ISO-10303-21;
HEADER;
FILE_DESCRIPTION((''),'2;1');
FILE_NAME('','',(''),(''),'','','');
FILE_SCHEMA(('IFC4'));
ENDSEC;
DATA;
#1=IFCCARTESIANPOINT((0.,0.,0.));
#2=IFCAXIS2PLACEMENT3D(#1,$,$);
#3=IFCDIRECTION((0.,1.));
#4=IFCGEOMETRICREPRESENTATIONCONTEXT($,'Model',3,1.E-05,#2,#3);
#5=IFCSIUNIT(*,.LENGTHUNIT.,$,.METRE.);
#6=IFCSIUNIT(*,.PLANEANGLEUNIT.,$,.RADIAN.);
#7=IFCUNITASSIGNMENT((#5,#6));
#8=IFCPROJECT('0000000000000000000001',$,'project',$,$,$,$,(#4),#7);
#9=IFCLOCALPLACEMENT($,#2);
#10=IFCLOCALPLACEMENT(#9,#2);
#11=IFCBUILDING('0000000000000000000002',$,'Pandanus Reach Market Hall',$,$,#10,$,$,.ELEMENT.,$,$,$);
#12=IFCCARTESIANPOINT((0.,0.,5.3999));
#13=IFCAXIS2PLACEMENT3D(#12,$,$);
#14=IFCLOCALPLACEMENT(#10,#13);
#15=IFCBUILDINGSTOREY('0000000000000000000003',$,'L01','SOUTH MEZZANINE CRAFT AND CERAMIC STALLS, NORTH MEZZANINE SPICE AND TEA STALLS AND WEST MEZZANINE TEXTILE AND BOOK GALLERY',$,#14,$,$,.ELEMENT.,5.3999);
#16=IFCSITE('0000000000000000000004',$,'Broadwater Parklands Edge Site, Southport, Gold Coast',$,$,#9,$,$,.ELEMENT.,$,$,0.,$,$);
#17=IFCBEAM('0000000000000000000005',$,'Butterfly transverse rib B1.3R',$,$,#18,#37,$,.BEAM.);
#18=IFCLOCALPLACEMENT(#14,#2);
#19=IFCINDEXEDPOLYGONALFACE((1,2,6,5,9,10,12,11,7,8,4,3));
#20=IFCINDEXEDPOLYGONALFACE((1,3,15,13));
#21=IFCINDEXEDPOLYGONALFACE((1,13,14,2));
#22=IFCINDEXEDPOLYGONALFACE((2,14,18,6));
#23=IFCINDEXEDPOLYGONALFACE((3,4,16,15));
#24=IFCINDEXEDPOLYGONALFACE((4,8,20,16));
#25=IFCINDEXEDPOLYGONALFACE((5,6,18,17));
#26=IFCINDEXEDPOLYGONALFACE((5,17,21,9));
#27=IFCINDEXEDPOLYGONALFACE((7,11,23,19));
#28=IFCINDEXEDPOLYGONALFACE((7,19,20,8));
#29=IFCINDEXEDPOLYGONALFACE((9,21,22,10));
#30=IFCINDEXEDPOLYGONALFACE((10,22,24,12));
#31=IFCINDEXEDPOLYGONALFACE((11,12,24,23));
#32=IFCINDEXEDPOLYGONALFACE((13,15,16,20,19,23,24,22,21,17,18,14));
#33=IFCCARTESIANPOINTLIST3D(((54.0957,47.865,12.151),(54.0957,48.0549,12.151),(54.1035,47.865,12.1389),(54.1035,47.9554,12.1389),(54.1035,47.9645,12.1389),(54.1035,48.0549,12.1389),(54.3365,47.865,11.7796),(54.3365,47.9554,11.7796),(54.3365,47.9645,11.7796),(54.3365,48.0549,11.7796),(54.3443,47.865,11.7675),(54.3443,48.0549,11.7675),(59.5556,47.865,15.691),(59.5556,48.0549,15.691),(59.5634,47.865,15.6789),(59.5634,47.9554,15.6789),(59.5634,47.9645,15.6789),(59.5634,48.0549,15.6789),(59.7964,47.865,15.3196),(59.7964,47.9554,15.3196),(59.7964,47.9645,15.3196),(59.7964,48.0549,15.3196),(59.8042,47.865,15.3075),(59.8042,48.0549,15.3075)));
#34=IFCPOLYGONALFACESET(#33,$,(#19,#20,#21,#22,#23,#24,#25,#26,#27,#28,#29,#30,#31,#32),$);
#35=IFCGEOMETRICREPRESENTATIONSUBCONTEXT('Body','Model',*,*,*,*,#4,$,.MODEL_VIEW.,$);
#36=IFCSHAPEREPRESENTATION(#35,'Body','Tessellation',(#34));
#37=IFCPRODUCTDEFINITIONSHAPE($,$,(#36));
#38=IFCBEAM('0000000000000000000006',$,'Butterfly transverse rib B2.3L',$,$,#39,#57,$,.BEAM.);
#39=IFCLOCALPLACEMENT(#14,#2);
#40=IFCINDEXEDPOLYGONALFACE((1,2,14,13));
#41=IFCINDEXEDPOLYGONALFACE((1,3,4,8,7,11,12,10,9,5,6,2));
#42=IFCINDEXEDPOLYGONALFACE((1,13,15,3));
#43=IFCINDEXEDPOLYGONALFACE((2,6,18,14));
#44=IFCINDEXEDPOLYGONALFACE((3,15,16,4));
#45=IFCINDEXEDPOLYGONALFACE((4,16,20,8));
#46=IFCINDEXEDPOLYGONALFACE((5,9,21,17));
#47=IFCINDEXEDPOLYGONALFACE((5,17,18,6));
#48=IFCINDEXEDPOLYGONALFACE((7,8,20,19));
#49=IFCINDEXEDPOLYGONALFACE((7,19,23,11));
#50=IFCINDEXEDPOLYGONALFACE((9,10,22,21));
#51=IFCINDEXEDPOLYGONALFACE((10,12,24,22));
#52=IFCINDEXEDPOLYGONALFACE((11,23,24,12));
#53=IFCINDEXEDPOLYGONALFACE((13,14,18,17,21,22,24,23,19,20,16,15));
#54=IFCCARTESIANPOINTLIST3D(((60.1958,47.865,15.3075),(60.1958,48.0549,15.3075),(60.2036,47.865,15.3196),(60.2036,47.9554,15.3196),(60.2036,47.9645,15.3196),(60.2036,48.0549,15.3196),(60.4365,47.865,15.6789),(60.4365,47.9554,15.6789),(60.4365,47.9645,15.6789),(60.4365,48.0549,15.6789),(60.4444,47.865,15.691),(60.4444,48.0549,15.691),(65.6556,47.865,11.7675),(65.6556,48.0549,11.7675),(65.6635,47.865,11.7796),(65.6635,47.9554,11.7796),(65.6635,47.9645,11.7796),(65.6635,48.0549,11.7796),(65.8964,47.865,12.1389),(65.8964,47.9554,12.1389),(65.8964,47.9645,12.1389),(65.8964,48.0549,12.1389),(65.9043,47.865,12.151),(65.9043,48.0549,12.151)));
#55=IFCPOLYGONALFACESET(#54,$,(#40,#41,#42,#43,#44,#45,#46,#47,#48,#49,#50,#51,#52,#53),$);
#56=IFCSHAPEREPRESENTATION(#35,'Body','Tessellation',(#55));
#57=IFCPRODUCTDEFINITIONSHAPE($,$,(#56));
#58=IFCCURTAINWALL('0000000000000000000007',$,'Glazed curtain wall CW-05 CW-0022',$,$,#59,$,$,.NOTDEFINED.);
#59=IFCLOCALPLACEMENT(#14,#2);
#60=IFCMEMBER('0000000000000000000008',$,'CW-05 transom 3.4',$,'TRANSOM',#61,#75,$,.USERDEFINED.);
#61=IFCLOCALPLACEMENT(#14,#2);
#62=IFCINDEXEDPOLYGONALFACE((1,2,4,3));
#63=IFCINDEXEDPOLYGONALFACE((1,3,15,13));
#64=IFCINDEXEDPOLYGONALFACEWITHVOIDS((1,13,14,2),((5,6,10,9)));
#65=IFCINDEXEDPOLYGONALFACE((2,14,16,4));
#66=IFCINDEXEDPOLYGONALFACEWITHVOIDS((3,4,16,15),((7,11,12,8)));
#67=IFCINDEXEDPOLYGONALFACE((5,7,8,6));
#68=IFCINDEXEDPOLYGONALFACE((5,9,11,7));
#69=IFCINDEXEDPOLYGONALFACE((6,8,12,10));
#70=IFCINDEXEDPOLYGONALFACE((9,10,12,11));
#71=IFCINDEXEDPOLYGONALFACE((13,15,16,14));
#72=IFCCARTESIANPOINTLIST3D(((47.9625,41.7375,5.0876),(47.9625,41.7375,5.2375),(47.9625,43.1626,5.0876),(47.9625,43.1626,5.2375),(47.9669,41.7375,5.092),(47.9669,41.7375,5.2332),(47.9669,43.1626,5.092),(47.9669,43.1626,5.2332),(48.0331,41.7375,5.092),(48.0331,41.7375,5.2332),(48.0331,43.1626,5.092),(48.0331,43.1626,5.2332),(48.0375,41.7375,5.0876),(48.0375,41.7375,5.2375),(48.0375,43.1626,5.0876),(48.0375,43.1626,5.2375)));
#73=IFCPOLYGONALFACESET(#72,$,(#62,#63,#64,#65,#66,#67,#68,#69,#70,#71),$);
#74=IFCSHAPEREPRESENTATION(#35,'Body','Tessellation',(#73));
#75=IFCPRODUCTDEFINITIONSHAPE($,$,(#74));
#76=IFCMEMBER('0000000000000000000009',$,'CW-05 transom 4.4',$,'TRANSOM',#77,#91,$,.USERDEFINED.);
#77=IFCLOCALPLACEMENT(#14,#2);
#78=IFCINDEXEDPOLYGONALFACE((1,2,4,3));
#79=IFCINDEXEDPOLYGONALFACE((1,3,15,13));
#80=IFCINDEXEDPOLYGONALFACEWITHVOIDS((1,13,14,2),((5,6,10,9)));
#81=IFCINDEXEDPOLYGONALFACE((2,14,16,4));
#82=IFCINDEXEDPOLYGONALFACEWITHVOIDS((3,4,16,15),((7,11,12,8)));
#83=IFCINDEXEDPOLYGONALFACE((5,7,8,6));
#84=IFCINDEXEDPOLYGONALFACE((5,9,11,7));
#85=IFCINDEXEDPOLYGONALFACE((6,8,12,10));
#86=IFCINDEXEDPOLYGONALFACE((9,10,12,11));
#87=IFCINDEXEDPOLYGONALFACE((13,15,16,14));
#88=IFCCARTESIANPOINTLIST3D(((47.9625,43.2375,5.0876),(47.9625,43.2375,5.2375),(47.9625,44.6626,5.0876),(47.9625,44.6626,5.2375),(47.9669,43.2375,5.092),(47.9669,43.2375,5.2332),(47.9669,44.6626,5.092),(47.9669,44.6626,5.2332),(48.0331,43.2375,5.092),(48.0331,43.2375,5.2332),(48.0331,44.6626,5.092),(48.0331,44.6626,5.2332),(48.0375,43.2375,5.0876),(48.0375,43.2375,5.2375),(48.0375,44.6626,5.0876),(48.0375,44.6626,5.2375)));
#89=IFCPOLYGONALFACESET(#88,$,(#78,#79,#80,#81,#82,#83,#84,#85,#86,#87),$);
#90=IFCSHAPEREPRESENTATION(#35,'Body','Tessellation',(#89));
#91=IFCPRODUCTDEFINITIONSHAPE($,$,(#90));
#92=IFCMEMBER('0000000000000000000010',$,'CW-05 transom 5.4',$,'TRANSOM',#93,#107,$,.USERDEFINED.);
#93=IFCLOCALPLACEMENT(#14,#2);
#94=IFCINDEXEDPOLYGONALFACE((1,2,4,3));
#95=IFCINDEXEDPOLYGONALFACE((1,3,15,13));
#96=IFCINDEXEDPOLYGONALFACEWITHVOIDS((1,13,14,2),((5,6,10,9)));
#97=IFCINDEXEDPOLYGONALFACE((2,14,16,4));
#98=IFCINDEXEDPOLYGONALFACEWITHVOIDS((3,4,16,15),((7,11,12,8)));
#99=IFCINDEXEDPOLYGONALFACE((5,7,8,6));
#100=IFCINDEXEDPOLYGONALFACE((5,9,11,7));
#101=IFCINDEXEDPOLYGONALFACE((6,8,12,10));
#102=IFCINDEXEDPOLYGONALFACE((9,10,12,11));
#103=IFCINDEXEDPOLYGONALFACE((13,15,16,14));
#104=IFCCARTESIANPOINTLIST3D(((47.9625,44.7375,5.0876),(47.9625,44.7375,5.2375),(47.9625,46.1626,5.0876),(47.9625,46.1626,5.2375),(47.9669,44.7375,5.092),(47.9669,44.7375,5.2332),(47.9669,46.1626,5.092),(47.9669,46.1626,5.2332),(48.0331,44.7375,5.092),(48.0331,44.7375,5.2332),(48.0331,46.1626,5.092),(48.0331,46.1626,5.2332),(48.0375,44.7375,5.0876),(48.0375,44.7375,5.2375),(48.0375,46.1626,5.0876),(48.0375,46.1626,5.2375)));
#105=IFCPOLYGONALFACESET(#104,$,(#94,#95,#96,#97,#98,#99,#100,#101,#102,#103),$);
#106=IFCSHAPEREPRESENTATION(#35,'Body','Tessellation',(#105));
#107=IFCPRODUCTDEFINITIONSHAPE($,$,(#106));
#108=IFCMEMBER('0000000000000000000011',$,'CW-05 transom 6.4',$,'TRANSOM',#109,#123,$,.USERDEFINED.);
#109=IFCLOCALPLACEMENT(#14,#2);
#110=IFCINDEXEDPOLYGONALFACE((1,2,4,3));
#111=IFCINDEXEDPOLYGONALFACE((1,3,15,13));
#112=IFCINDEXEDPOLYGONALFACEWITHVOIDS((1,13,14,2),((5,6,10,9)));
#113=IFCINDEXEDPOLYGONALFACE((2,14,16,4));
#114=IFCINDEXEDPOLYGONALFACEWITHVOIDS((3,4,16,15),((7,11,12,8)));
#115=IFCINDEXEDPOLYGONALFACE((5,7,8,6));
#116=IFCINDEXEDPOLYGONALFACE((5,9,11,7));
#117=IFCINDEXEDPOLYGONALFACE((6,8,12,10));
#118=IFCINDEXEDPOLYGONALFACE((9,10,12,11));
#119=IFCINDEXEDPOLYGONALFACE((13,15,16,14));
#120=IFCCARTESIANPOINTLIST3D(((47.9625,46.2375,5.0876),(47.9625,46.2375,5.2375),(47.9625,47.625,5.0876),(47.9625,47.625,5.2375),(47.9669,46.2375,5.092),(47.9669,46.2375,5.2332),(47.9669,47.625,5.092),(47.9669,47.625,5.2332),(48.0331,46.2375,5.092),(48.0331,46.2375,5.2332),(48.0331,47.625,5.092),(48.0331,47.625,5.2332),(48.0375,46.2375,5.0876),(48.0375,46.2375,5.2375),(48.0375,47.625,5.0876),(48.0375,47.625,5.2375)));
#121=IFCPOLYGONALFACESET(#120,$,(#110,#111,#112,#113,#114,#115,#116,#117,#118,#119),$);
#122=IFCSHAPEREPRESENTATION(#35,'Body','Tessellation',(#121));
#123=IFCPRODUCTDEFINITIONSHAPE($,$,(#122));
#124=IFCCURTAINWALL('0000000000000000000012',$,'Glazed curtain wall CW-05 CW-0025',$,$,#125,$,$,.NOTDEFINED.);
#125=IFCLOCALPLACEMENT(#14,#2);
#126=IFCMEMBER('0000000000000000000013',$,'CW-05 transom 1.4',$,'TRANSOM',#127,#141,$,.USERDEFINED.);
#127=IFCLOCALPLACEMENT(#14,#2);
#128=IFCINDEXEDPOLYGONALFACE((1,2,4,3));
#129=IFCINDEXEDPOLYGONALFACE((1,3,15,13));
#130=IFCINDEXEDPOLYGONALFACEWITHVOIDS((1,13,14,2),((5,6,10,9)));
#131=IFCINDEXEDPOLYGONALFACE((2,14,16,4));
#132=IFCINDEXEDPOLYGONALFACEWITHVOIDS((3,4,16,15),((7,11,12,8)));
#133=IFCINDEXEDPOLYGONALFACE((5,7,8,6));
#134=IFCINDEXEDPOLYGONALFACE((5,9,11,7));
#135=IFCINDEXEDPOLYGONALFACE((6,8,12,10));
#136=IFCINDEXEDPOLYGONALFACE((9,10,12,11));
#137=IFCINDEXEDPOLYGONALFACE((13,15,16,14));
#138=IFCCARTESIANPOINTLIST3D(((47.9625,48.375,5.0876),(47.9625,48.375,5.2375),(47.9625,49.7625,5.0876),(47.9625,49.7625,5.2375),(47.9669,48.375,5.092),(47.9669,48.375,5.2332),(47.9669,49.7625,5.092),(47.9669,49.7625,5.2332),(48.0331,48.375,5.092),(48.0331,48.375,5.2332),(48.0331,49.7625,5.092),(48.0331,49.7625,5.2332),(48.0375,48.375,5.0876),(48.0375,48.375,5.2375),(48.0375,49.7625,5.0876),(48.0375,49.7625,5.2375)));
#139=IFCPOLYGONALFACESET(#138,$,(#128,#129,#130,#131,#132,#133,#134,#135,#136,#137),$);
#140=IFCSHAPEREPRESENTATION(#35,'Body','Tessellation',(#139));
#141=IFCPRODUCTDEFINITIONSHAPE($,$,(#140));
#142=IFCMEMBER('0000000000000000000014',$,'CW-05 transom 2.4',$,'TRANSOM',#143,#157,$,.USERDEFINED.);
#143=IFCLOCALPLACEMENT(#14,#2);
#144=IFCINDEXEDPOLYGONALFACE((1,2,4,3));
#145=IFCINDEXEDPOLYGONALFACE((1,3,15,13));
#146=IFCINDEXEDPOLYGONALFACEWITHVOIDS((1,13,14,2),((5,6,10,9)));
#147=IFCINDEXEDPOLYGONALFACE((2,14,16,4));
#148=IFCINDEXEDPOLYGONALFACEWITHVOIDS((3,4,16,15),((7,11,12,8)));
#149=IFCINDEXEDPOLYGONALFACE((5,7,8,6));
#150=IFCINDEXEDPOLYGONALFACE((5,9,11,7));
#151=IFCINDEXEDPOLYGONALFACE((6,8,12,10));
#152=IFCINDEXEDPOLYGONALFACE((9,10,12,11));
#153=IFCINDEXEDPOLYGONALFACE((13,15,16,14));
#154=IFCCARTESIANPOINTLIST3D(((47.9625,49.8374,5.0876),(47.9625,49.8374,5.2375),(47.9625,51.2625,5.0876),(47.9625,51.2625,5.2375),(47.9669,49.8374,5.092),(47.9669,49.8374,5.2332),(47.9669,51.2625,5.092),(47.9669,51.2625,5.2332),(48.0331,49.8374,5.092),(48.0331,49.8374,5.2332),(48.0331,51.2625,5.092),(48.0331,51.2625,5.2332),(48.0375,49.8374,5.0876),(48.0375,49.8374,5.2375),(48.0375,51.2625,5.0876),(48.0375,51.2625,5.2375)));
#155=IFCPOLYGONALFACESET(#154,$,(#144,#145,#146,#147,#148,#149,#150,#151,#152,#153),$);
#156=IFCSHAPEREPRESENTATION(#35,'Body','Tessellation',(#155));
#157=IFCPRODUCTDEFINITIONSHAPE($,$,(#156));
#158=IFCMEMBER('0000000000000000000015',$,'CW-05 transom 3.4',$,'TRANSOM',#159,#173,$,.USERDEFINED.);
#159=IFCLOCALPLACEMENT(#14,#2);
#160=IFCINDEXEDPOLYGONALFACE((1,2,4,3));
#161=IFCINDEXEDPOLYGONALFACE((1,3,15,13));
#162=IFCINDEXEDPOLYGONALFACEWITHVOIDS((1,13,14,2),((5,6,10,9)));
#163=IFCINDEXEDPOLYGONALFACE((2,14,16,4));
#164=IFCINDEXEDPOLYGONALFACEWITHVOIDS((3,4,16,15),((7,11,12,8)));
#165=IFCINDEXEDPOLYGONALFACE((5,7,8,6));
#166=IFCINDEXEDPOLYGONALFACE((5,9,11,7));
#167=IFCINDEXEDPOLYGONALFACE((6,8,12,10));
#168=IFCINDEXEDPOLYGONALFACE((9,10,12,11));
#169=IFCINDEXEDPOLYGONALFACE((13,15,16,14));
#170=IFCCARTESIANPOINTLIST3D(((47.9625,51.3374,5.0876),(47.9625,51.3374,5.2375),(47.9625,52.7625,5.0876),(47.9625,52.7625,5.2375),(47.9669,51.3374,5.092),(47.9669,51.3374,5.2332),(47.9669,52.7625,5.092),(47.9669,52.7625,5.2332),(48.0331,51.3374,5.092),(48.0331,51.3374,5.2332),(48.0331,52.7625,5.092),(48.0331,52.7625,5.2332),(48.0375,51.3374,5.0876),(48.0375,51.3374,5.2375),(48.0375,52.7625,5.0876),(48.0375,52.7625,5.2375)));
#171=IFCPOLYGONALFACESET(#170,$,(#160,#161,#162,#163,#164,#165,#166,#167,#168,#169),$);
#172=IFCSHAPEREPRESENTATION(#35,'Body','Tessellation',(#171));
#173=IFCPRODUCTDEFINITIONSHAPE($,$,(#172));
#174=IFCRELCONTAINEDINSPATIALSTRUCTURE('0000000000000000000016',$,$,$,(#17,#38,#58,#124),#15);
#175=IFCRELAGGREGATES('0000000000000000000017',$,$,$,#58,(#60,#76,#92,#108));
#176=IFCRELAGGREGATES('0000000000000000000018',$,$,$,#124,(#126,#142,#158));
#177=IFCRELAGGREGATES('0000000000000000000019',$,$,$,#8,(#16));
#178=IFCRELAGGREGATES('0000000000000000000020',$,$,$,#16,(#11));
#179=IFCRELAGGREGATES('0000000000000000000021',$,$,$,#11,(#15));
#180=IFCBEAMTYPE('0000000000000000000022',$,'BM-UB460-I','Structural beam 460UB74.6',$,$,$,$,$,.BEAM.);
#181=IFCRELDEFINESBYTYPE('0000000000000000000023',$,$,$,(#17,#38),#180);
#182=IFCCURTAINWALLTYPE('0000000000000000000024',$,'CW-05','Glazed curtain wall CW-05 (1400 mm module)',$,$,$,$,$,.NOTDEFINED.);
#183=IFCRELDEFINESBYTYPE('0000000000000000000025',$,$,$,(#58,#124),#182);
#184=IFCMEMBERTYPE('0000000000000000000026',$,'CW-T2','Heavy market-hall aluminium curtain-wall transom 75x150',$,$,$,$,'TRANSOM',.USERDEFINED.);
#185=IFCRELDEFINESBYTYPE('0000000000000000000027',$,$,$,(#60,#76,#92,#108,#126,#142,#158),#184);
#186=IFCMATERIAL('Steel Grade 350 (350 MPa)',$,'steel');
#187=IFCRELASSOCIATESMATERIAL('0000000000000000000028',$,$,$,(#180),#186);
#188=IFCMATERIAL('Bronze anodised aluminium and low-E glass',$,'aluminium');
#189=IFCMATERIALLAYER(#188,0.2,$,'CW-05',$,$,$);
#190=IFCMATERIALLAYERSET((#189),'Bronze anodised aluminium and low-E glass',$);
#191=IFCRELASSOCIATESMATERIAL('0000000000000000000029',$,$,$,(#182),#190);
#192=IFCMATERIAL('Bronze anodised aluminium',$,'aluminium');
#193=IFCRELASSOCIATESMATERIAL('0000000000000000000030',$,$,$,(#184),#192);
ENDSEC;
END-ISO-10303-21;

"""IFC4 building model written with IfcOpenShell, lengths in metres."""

from ifc_helpers import new_model, si_unit, direction, frame, origin, origin_2d, place, context, subcontext, project, spatial, hollow_rectangle, i_section, extrude, material, layer, layer_set, material_profile, profile_set, type_object, element, aggregate, save


model = new_model("IFC4")

# Units and contexts
model_context = context("Model", 3, precision=1e-05, world=origin(), true_north=direction((0.0, 1.0)))
body_context = subcontext(model_context, "Body", "Model", "MODEL_VIEW")
ifc_project = project(units=[si_unit("LENGTHUNIT", "METRE"), si_unit("PLANEANGLEUNIT", "RADIAN")], contexts=[model_context])

# Site, building, storey
site_placement = place(None, origin())
site = spatial("IfcSite", under=ifc_project, at=site_placement, Name="Broadwater Parklands Edge Site, Southport, Gold Coast", CompositionType="ELEMENT", RefElevation=0.0)
building_placement = place(site_placement, origin())
building = spatial("IfcBuilding", under=site, at=building_placement, Name="Pandanus Reach Market Hall", CompositionType="ELEMENT")
storey_placement = place(building_placement, frame((0.0, 0.0, 5.3999)))
storey = spatial("IfcBuildingStorey", under=building, at=storey_placement, Name="L01", Description="SOUTH MEZZANINE CRAFT AND CERAMIC STALLS, NORTH MEZZANINE SPICE AND TEA STALLS AND WEST MEZZANINE TEXTILE AND BOOK GALLERY", CompositionType="ELEMENT", Elevation=5.3999)

# Beams
ifc_material_1 = material(Name="Steel Grade 350 (350 MPa)", Category="steel")
ifc_material_profile_1 = material_profile(ifc_material_1, i_section(OverallWidth=0.1899, OverallDepth=0.457, WebThickness=0.009, FlangeThickness=0.0144, at=origin_2d()), Name="460UB74.6", Category="LoadBearing")
ifc_profile_set_1 = profile_set([ifc_material_profile_1], Name="Steel Grade 350 (350 MPa)")
beam_type_1 = type_object("IfcBeamType", Name="BM-UB460-I", Description="Structural beam 460UB74.6", PredefinedType="BEAM", material=ifc_profile_set_1)
for number, where, z_axis, x_axis, name in (
    (1, (54.22, 47.96, 11.9592), (0.839071, 0.0, 0.544023), (0.0, 1.0, 0.0), "Butterfly transverse rib B1.3R"),
    (2, (60.3201, 47.96, 15.4993), (0.839071, 0.0, -0.544023), (0.0, 1.0, 0.0), "Butterfly transverse rib B2.3L"),
):
    element("IfcBeam", number, at=place(storey_placement, frame(where, z_axis=z_axis, x_axis=x_axis)), inside=storey, type_object=beam_type_1, Name=name, PredefinedType="BEAM", context=body_context, shape_type="SweptSolid", body=[
        extrude(i_section(OverallWidth=0.1899, OverallDepth=0.457, WebThickness=0.009, FlangeThickness=0.0144, at=origin_2d()), origin(), (0.0, 0.0, 1.0), 6.5071),
    ])

# Curtain walls, members
ifc_material_2 = material(Name="Bronze anodised aluminium and low-E glass", Category="aluminium")
ifc_layer = layer(ifc_material_2, 0.2, Name="CW-05")
ifc_layer_set = layer_set([ifc_layer], Name="Bronze anodised aluminium and low-E glass")
curtain_wall_type = type_object("IfcCurtainWallType", Name="CW-05", Description="Glazed curtain wall CW-05 (1400 mm module)", PredefinedType="NOTDEFINED", material=ifc_layer_set)
curtain_wall_1_placement = place(storey_placement, origin())
curtain_wall_1 = element("IfcCurtainWall", 3, at=curtain_wall_1_placement, inside=storey, type_object=curtain_wall_type, Name="Glazed curtain wall CW-05 CW-0022", PredefinedType="NOTDEFINED")
ifc_material_3 = material(Name="Bronze anodised aluminium", Category="aluminium")
ifc_material_profile_2 = material_profile(ifc_material_3, hollow_rectangle(XDim=0.075, YDim=0.1499, WallThickness=0.0044, at=origin_2d()), Name="ALU75x150", Category="LoadBearing")
ifc_profile_set_2 = profile_set([ifc_material_profile_2], Name="Bronze anodised aluminium")
member_type_1 = type_object("IfcMemberType", Name="CW-T2", Description="Heavy market-hall aluminium curtain-wall transom 75x150", ElementType="TRANSOM", PredefinedType="USERDEFINED", material=ifc_profile_set_2)
member_1_placement = place(storey_placement, frame((48.0, 41.7375, 5.1626), z_axis=(0.0, 1.0, 0.0), x_axis=(-1.0, 0.0, 0.0)))
member_1 = element("IfcMember", 4, at=member_1_placement, type_object=member_type_1, Name="CW-05 transom 3.4", ObjectType="TRANSOM", PredefinedType="USERDEFINED", context=body_context, shape_type="SweptSolid", body=[
    extrude(hollow_rectangle(XDim=0.075, YDim=0.1499, WallThickness=0.0044, at=origin_2d()), origin(), (0.0, 0.0, 1.0), 1.425),
])
member_2_placement = place(storey_placement, frame((48.0, 43.2375, 5.1626), z_axis=(0.0, 1.0, 0.0), x_axis=(-1.0, 0.0, 0.0)))
member_2 = element("IfcMember", 5, at=member_2_placement, type_object=member_type_1, Name="CW-05 transom 4.4", ObjectType="TRANSOM", PredefinedType="USERDEFINED", context=body_context, shape_type="SweptSolid", body=[
    extrude(hollow_rectangle(XDim=0.075, YDim=0.1499, WallThickness=0.0044, at=origin_2d()), origin(), (0.0, 0.0, 1.0), 1.425),
])
member_3_placement = place(storey_placement, frame((48.0, 44.7375, 5.1626), z_axis=(0.0, 1.0, 0.0), x_axis=(-1.0, 0.0, 0.0)))
member_3 = element("IfcMember", 6, at=member_3_placement, type_object=member_type_1, Name="CW-05 transom 5.4", ObjectType="TRANSOM", PredefinedType="USERDEFINED", context=body_context, shape_type="SweptSolid", body=[
    extrude(hollow_rectangle(XDim=0.075, YDim=0.1499, WallThickness=0.0044, at=origin_2d()), origin(), (0.0, 0.0, 1.0), 1.425),
])
member_4_placement = place(storey_placement, frame((48.0, 46.2375, 5.1626), z_axis=(0.0, 1.0, 0.0), x_axis=(-1.0, 0.0, 0.0)))
member_4 = element("IfcMember", 7, at=member_4_placement, type_object=member_type_1, Name="CW-05 transom 6.4", ObjectType="TRANSOM", PredefinedType="USERDEFINED", context=body_context, shape_type="SweptSolid", body=[
    extrude(hollow_rectangle(XDim=0.075, YDim=0.1499, WallThickness=0.0044, at=origin_2d()), origin(), (0.0, 0.0, 1.0), 1.3875),
])
aggregate(curtain_wall_1, [member_1, member_2, member_3, member_4])
curtain_wall_2_placement = place(storey_placement, origin())
curtain_wall_2 = element("IfcCurtainWall", 8, at=curtain_wall_2_placement, inside=storey, type_object=curtain_wall_type, Name="Glazed curtain wall CW-05 CW-0025", PredefinedType="NOTDEFINED")
member_5_placement = place(storey_placement, frame((48.0, 48.375, 5.1626), z_axis=(0.0, 1.0, 0.0), x_axis=(-1.0, 0.0, 0.0)))
member_5 = element("IfcMember", 9, at=member_5_placement, type_object=member_type_1, Name="CW-05 transom 1.4", ObjectType="TRANSOM", PredefinedType="USERDEFINED", context=body_context, shape_type="SweptSolid", body=[
    extrude(hollow_rectangle(XDim=0.075, YDim=0.1499, WallThickness=0.0044, at=origin_2d()), origin(), (0.0, 0.0, 1.0), 1.3875),
])
member_6_placement = place(storey_placement, frame((48.0, 49.8374, 5.1626), z_axis=(0.0, 1.0, 0.0), x_axis=(-1.0, 0.0, 0.0)))
member_6 = element("IfcMember", 10, at=member_6_placement, type_object=member_type_1, Name="CW-05 transom 2.4", ObjectType="TRANSOM", PredefinedType="USERDEFINED", context=body_context, shape_type="SweptSolid", body=[
    extrude(hollow_rectangle(XDim=0.075, YDim=0.1499, WallThickness=0.0044, at=origin_2d()), origin(), (0.0, 0.0, 1.0), 1.425),
])
member_7_placement = place(storey_placement, frame((48.0, 51.3374, 5.1626), z_axis=(0.0, 1.0, 0.0), x_axis=(-1.0, 0.0, 0.0)))
member_7 = element("IfcMember", 11, at=member_7_placement, type_object=member_type_1, Name="CW-05 transom 3.4", ObjectType="TRANSOM", PredefinedType="USERDEFINED", context=body_context, shape_type="SweptSolid", body=[
    extrude(hollow_rectangle(XDim=0.075, YDim=0.1499, WallThickness=0.0044, at=origin_2d()), origin(), (0.0, 0.0, 1.0), 1.425),
])
aggregate(curtain_wall_2, [member_5, member_6, member_7])

save(model, "model.ifc")
